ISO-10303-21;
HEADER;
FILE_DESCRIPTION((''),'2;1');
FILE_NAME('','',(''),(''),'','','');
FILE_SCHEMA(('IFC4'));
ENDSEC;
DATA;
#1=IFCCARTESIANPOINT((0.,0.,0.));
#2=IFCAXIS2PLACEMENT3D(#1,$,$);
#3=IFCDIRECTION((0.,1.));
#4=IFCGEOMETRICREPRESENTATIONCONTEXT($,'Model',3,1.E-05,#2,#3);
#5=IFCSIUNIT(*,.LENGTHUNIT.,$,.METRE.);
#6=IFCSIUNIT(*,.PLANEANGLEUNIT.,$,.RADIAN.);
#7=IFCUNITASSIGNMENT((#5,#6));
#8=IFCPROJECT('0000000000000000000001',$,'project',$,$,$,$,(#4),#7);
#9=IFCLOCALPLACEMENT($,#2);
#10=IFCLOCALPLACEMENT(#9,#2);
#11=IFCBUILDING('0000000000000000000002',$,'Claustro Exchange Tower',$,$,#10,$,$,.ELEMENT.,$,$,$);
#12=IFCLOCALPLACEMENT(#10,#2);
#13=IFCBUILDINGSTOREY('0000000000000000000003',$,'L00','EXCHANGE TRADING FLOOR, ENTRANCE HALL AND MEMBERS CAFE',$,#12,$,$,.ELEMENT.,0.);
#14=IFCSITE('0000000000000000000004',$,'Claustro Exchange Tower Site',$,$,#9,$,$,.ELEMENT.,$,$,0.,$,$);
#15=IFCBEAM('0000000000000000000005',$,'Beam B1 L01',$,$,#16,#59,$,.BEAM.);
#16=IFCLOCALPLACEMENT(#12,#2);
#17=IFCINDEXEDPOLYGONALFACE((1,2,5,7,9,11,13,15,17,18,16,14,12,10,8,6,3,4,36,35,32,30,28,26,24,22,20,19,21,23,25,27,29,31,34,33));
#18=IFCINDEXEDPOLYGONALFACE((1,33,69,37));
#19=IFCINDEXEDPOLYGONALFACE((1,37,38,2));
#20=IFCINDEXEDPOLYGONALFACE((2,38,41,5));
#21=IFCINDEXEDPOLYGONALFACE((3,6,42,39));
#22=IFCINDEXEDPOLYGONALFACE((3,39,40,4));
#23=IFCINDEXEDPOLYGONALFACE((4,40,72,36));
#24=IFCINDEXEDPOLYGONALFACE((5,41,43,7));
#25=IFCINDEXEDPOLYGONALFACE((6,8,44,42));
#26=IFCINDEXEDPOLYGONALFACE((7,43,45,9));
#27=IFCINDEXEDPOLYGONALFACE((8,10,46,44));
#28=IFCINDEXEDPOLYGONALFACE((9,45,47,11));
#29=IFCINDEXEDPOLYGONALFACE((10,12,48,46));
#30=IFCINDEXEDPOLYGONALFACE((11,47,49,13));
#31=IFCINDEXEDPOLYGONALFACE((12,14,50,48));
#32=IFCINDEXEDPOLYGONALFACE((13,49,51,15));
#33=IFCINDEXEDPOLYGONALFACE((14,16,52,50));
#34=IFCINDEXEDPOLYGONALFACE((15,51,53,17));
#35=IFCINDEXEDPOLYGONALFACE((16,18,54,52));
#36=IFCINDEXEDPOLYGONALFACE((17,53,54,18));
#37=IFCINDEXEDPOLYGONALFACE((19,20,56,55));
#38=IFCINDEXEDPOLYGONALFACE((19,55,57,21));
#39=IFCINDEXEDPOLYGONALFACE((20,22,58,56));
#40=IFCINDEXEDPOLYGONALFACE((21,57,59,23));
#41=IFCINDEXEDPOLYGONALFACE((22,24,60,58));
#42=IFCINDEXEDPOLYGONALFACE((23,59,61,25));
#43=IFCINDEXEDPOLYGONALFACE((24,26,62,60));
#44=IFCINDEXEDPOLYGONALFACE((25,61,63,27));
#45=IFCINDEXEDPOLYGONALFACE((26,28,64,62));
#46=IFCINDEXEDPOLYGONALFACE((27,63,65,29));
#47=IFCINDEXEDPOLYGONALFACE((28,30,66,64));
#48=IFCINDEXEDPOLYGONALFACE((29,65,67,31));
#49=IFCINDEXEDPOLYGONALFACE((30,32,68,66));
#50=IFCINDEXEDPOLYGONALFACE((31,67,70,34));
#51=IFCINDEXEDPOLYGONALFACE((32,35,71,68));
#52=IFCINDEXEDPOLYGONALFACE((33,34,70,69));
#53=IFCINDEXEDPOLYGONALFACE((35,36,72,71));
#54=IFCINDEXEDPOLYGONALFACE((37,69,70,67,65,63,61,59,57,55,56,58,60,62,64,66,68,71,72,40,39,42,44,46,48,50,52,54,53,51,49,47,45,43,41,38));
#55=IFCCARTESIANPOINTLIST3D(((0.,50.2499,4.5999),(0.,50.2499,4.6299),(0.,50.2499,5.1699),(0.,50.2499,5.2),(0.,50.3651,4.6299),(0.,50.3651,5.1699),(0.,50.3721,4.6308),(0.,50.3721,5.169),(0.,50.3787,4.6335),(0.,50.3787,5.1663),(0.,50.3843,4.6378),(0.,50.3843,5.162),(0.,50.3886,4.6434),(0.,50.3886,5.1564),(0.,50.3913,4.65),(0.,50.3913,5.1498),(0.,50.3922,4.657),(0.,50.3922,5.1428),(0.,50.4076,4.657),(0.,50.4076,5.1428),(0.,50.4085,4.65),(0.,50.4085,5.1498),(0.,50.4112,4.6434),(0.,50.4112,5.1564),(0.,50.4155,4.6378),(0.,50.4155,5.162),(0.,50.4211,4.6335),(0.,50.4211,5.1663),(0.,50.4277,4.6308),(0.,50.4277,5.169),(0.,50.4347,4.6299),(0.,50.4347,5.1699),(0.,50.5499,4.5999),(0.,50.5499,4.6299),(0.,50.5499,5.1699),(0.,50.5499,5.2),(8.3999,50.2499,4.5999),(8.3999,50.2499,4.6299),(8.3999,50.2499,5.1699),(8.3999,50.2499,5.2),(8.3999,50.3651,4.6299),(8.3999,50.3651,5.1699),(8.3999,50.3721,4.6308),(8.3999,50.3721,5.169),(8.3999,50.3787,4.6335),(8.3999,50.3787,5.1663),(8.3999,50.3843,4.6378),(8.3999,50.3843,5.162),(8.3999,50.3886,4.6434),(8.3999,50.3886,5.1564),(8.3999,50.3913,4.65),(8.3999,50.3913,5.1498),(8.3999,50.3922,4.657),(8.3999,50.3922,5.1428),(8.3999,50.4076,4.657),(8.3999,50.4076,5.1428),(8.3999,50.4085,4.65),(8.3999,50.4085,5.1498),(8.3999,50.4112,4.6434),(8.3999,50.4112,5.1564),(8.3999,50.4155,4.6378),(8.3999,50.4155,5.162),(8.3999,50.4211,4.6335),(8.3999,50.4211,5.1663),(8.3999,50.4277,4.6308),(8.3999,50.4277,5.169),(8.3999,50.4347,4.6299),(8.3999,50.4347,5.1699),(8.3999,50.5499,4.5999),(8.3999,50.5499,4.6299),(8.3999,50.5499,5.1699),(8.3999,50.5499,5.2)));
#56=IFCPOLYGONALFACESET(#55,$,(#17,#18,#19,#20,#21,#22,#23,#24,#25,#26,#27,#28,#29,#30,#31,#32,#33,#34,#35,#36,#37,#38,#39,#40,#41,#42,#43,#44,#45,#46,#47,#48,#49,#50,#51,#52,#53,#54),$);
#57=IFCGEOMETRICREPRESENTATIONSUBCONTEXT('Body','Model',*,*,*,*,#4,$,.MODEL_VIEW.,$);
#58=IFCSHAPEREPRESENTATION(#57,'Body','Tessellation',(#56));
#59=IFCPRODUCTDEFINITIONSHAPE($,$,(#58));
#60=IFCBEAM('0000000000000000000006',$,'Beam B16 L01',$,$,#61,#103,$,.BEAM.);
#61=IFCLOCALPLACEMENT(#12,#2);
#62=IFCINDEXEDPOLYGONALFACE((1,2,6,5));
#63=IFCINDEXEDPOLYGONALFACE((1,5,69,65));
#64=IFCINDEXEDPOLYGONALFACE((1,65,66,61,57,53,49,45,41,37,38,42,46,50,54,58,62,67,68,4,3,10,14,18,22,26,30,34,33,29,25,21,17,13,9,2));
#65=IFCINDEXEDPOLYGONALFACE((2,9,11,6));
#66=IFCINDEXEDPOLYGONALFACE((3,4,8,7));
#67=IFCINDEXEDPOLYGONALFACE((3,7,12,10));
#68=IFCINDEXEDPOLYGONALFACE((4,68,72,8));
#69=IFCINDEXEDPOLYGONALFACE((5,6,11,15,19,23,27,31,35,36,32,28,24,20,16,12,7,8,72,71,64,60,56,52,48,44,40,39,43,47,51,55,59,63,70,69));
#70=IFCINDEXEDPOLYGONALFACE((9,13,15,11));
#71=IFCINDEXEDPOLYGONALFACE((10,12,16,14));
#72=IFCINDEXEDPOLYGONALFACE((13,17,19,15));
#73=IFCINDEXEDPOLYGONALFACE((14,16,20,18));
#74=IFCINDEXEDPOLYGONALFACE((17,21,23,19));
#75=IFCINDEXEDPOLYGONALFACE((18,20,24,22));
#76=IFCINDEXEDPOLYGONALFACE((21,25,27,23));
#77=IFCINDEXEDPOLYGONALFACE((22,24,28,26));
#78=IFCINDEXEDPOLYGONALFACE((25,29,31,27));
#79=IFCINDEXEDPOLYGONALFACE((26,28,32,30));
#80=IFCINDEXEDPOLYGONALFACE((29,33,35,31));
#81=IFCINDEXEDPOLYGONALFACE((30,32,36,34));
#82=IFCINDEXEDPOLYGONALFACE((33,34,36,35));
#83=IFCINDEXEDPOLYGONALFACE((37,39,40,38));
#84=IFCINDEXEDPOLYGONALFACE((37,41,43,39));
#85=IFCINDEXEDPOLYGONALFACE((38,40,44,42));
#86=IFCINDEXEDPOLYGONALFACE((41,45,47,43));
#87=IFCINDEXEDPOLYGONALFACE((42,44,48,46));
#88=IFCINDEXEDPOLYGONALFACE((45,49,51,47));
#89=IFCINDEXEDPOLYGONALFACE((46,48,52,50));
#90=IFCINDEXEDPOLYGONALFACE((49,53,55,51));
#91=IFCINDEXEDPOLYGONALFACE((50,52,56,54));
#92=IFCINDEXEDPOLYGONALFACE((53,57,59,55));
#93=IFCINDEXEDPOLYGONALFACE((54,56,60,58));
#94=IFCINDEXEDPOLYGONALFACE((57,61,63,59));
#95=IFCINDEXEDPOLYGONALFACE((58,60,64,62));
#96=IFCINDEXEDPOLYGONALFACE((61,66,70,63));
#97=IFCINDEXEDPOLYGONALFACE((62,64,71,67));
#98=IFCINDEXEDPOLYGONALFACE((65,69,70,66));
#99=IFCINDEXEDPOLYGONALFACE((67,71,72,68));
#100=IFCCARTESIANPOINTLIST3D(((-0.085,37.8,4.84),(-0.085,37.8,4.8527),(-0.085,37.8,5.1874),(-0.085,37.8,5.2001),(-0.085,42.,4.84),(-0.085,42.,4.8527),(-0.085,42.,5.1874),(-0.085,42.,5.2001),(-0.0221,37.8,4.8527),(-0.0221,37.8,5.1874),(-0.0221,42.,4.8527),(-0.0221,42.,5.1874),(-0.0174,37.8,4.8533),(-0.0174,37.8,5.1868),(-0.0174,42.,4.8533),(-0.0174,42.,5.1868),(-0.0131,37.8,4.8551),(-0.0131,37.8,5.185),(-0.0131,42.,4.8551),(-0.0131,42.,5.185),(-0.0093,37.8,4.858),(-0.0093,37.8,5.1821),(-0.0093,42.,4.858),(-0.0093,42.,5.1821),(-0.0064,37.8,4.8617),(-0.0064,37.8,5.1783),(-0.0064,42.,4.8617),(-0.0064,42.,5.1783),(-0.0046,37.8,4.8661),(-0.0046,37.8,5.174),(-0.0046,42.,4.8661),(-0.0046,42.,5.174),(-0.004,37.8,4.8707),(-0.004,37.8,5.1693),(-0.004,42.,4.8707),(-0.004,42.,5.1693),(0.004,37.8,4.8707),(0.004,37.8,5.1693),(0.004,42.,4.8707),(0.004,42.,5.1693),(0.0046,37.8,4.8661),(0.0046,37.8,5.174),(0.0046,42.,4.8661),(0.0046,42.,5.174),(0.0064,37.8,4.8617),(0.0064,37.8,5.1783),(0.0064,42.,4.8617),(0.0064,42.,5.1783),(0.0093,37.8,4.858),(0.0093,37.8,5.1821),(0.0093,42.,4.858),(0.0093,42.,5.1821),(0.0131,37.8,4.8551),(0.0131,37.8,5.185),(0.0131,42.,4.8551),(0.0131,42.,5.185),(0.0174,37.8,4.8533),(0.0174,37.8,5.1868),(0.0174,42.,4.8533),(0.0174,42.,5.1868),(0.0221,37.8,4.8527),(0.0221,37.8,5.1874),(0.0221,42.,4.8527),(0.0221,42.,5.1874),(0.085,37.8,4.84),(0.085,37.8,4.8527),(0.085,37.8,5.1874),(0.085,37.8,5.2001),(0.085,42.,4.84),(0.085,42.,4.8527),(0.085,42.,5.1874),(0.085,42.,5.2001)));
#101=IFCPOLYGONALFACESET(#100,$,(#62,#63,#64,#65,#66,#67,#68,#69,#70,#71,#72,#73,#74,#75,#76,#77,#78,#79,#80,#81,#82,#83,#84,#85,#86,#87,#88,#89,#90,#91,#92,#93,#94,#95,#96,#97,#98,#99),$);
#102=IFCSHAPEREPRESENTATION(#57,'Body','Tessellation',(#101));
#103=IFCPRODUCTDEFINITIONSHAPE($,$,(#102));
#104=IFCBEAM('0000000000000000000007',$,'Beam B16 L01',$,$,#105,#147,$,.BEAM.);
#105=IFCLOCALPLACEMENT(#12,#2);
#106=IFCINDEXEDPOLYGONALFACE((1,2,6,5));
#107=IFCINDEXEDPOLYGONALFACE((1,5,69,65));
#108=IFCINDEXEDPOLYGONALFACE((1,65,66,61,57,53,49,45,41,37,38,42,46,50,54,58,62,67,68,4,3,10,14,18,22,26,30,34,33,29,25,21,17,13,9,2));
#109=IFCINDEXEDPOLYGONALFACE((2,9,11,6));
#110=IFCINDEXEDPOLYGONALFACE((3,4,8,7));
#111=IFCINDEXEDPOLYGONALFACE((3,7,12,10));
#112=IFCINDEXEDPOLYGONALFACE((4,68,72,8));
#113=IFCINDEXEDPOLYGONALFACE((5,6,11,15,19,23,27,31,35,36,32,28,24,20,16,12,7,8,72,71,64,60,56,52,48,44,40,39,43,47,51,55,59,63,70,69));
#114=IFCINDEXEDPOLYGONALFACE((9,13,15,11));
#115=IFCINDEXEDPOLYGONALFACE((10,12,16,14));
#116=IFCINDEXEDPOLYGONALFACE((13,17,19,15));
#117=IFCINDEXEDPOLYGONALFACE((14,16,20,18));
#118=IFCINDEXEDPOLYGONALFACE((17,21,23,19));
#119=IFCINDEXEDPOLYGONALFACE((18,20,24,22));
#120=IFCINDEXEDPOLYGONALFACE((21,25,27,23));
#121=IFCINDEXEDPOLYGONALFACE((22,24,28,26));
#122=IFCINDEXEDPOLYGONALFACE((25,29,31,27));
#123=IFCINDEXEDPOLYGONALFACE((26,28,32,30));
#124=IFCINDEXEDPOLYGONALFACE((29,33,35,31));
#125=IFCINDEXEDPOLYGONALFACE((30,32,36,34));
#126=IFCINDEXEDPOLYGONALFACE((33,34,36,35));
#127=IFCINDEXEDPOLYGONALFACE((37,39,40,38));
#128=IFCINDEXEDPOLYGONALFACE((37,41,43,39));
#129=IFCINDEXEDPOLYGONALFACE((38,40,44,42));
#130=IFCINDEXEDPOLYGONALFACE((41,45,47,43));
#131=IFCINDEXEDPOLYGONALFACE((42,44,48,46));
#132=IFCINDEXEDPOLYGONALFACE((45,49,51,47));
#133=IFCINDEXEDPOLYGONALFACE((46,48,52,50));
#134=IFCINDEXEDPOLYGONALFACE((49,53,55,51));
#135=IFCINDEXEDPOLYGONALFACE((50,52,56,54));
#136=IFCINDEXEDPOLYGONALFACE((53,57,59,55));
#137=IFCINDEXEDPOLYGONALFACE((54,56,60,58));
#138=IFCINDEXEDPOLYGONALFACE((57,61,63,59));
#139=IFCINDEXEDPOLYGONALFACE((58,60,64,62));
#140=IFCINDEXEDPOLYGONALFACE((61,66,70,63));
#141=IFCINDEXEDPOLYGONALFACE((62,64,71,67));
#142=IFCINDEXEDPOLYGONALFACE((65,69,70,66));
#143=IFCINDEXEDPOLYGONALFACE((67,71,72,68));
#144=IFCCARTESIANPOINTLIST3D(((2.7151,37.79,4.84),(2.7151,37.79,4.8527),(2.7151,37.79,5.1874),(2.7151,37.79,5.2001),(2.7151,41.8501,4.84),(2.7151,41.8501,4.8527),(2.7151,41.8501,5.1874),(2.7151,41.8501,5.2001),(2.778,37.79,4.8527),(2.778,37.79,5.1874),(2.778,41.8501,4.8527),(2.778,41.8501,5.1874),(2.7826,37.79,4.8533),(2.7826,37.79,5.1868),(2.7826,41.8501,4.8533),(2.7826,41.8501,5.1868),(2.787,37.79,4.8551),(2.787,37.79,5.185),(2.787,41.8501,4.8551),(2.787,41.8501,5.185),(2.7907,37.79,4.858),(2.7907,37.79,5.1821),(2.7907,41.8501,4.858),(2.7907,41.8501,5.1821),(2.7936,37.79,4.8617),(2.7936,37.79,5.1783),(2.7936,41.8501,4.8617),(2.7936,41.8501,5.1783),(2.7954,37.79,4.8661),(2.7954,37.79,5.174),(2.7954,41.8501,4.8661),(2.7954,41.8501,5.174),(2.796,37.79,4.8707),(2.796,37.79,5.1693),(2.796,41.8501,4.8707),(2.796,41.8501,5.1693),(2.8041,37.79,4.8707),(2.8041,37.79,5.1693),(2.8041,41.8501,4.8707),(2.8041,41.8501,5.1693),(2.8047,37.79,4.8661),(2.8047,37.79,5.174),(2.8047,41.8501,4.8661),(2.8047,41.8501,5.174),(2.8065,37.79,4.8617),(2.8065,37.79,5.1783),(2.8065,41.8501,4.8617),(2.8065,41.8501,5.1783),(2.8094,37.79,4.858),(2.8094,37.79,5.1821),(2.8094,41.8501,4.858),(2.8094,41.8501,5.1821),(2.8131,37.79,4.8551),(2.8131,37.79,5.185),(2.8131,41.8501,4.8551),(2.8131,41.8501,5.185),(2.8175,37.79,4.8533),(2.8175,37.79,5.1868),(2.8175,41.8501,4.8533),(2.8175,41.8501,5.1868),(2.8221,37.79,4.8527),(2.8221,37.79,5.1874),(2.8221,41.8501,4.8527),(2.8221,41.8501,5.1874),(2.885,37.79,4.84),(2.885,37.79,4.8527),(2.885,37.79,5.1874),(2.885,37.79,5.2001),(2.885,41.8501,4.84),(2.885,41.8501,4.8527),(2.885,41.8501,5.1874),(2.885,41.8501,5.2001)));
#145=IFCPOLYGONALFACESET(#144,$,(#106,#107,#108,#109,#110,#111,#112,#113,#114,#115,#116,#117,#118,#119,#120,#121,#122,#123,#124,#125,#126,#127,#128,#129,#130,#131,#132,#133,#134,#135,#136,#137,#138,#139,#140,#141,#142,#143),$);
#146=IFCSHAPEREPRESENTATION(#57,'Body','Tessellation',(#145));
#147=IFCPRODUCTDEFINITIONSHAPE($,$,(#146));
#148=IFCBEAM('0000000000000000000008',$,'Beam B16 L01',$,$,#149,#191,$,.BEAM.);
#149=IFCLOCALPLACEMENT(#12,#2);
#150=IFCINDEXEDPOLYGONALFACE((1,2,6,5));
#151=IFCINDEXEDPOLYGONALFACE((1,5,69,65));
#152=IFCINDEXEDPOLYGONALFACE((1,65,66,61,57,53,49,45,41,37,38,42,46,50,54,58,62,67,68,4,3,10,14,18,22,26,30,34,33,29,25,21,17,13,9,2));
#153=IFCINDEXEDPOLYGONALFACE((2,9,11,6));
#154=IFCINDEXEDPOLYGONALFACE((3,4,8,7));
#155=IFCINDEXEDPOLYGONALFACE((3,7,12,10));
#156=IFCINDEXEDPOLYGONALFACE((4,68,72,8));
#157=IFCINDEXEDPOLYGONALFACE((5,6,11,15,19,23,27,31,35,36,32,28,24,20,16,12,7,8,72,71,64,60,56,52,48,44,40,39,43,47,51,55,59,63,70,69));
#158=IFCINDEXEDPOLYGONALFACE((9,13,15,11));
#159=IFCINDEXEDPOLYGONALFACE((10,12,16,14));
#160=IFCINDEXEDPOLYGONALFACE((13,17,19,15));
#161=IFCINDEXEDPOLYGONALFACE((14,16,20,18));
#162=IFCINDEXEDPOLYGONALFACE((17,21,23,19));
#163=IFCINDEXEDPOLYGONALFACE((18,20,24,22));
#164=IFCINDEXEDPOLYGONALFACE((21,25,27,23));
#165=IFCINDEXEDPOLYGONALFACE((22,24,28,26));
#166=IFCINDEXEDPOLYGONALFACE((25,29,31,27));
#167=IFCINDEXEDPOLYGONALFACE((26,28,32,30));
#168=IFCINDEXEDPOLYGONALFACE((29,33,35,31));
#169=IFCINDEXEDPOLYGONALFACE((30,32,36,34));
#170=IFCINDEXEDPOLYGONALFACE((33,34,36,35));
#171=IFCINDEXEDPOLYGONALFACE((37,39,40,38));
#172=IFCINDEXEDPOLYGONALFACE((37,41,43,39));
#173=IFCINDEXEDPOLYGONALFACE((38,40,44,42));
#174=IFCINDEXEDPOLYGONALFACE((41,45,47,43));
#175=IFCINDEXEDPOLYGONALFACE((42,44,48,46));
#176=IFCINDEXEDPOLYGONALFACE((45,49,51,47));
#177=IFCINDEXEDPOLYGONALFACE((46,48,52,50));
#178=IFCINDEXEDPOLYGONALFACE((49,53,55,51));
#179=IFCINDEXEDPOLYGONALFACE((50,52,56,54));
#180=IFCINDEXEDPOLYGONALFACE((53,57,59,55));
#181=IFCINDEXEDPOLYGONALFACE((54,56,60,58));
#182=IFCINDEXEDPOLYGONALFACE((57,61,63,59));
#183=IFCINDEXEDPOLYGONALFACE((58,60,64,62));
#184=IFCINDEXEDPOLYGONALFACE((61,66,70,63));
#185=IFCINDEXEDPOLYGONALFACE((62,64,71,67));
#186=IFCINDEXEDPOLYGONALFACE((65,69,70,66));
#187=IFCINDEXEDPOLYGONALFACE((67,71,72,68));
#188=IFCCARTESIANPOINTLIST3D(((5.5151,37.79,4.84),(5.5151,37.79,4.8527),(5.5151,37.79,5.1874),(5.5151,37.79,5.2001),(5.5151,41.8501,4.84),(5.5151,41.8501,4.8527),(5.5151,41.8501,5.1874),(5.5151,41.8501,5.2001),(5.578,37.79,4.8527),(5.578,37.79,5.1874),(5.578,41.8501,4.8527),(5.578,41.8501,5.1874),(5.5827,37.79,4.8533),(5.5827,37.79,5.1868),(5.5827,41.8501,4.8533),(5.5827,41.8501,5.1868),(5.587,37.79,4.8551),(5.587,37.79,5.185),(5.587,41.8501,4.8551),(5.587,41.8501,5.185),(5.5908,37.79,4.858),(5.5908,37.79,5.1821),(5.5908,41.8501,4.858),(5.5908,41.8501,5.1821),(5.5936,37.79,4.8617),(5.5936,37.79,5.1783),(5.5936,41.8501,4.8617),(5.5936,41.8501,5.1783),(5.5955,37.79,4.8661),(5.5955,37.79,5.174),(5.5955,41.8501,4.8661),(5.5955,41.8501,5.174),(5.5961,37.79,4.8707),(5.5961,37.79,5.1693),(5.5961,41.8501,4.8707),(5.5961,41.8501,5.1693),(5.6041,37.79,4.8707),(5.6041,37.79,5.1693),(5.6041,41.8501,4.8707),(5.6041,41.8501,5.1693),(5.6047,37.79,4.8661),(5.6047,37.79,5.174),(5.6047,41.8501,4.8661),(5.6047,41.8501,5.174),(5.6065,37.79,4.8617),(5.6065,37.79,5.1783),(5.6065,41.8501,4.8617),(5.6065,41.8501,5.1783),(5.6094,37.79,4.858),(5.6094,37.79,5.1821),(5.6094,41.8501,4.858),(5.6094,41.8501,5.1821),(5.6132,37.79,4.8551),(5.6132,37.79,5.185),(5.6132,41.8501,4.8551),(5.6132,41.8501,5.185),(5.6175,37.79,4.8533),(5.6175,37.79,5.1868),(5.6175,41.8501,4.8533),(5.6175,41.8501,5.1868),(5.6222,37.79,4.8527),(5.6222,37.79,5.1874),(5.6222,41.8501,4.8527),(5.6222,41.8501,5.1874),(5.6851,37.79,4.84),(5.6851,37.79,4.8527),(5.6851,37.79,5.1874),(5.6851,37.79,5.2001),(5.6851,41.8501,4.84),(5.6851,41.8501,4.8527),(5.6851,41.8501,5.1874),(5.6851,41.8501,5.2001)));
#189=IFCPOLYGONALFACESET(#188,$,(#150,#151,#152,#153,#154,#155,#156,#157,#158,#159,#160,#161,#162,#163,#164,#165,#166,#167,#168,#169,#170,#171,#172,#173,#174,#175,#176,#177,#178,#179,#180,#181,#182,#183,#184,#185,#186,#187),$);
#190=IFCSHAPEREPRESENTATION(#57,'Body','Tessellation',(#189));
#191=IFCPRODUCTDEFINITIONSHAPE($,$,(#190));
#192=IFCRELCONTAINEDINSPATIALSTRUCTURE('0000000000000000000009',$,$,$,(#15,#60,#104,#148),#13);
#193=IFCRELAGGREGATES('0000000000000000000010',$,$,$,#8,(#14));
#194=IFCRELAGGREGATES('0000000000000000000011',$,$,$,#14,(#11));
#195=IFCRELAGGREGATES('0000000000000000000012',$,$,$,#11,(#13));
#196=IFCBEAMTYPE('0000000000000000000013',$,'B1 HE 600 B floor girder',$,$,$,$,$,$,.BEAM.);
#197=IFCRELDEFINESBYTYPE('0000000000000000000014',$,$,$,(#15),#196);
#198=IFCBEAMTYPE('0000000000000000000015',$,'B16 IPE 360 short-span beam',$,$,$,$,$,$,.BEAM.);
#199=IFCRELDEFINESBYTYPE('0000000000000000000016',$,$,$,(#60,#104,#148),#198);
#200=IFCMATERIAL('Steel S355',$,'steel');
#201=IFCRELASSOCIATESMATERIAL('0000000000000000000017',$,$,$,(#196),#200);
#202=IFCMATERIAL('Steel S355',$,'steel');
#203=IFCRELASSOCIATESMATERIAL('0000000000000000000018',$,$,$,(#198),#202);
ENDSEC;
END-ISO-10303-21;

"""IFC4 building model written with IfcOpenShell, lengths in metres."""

from ifc_helpers import new_model, si_unit, direction, frame, origin, origin_2d, place, context, subcontext, project, spatial, i_section, extrude, material, material_profile, profile_set, type_object, element, save


model = new_model("IFC4")

# Units and contexts
model_context = context("Model", 3, precision=1e-05, world=origin(), true_north=direction((0.0, 1.0)))
body_context = subcontext(model_context, "Body", "Model", "MODEL_VIEW")
ifc_project = project(units=[si_unit("LENGTHUNIT", "METRE"), si_unit("PLANEANGLEUNIT", "RADIAN")], contexts=[model_context])

# Site, building, storey
site_placement = place(None, origin())
site = spatial("IfcSite", under=ifc_project, at=site_placement, Name="Claustro Exchange Tower Site", CompositionType="ELEMENT", RefElevation=0.0)
building_placement = place(site_placement, origin())
building = spatial("IfcBuilding", under=site, at=building_placement, Name="Claustro Exchange Tower", CompositionType="ELEMENT")
storey_placement = place(building_placement, origin())
storey = spatial("IfcBuildingStorey", under=building, at=storey_placement, Name="L00", Description="EXCHANGE TRADING FLOOR, ENTRANCE HALL AND MEMBERS CAFE", CompositionType="ELEMENT", Elevation=0.0)

# Beams
ifc_material_1 = material(Name="Steel S355", Category="steel")
ifc_material_profile_1 = material_profile(ifc_material_1, i_section(OverallWidth=0.3, OverallDepth=0.6001, WebThickness=0.0154, FlangeThickness=0.03, FilletRadius=0.0271, at=origin_2d()), Name="HE 600 B")
ifc_profile_set_1 = profile_set([ifc_material_profile_1], Name="Steel S355")
beam_type_1 = type_object("IfcBeamType", Name="B1 HE 600 B floor girder", PredefinedType="BEAM", material=ifc_profile_set_1)
beam_1_placement = place(storey_placement, frame((0.0, 50.3999, 4.8999), z_axis=(1.0, 0.0, 0.0), x_axis=(0.0, 1.0, 0.0)))
element("IfcBeam", 1, at=beam_1_placement, inside=storey, type_object=beam_type_1, Name="Beam B1 L01", PredefinedType="BEAM", context=body_context, shape_type="SweptSolid", body=[
    extrude(i_section(OverallWidth=0.3, OverallDepth=0.6001, WebThickness=0.0154, FlangeThickness=0.03, FilletRadius=0.0271, at=origin_2d()), origin(), (0.0, 0.0, 1.0), 8.3999),
])
ifc_material_2 = material(Name="Steel S355", Category="steel")
ifc_material_profile_2 = material_profile(ifc_material_2, i_section(OverallWidth=0.1699, OverallDepth=0.3601, WebThickness=0.0081, FlangeThickness=0.0127, FilletRadius=0.0181, at=origin_2d()), Name="IPE 360")
ifc_profile_set_2 = profile_set([ifc_material_profile_2], Name="Steel S355")
beam_type_2 = type_object("IfcBeamType", Name="B16 IPE 360 short-span beam", PredefinedType="BEAM", material=ifc_profile_set_2)
beam_2_placement = place(storey_placement, frame((0.0, 37.8, 5.02), z_axis=(0.0, 1.0, 0.0), x_axis=(-1.0, 0.0, 0.0)))
element("IfcBeam", 2, at=beam_2_placement, inside=storey, type_object=beam_type_2, Name="Beam B16 L01", PredefinedType="BEAM", context=body_context, shape_type="SweptSolid", body=[
    extrude(i_section(OverallWidth=0.1699, OverallDepth=0.3601, WebThickness=0.0081, FlangeThickness=0.0127, FilletRadius=0.0181, at=origin_2d()), origin(), (0.0, 0.0, 1.0), 4.2),
])
for number, where, z_axis, x_axis, name in (
    (3, (2.8, 37.79, 5.02), (0.0, 1.0, 0.0), (-1.0, 0.0, 0.0), "Beam B16 L01"),
    (4, (5.6001, 37.79, 5.02), (0.0, 1.0, 0.0), (-1.0, 0.0, 0.0), "Beam B16 L01"),
):
    element("IfcBeam", number, at=place(storey_placement, frame(where, z_axis=z_axis, x_axis=x_axis)), inside=storey, type_object=beam_type_2, Name=name, PredefinedType="BEAM", context=body_context, shape_type="SweptSolid", body=[
        extrude(i_section(OverallWidth=0.1699, OverallDepth=0.3601, WebThickness=0.0081, FlangeThickness=0.0127, FilletRadius=0.0181, at=origin_2d()), origin(), (0.0, 0.0, 1.0), 4.0601),
    ])

save(model, "model.ifc")
